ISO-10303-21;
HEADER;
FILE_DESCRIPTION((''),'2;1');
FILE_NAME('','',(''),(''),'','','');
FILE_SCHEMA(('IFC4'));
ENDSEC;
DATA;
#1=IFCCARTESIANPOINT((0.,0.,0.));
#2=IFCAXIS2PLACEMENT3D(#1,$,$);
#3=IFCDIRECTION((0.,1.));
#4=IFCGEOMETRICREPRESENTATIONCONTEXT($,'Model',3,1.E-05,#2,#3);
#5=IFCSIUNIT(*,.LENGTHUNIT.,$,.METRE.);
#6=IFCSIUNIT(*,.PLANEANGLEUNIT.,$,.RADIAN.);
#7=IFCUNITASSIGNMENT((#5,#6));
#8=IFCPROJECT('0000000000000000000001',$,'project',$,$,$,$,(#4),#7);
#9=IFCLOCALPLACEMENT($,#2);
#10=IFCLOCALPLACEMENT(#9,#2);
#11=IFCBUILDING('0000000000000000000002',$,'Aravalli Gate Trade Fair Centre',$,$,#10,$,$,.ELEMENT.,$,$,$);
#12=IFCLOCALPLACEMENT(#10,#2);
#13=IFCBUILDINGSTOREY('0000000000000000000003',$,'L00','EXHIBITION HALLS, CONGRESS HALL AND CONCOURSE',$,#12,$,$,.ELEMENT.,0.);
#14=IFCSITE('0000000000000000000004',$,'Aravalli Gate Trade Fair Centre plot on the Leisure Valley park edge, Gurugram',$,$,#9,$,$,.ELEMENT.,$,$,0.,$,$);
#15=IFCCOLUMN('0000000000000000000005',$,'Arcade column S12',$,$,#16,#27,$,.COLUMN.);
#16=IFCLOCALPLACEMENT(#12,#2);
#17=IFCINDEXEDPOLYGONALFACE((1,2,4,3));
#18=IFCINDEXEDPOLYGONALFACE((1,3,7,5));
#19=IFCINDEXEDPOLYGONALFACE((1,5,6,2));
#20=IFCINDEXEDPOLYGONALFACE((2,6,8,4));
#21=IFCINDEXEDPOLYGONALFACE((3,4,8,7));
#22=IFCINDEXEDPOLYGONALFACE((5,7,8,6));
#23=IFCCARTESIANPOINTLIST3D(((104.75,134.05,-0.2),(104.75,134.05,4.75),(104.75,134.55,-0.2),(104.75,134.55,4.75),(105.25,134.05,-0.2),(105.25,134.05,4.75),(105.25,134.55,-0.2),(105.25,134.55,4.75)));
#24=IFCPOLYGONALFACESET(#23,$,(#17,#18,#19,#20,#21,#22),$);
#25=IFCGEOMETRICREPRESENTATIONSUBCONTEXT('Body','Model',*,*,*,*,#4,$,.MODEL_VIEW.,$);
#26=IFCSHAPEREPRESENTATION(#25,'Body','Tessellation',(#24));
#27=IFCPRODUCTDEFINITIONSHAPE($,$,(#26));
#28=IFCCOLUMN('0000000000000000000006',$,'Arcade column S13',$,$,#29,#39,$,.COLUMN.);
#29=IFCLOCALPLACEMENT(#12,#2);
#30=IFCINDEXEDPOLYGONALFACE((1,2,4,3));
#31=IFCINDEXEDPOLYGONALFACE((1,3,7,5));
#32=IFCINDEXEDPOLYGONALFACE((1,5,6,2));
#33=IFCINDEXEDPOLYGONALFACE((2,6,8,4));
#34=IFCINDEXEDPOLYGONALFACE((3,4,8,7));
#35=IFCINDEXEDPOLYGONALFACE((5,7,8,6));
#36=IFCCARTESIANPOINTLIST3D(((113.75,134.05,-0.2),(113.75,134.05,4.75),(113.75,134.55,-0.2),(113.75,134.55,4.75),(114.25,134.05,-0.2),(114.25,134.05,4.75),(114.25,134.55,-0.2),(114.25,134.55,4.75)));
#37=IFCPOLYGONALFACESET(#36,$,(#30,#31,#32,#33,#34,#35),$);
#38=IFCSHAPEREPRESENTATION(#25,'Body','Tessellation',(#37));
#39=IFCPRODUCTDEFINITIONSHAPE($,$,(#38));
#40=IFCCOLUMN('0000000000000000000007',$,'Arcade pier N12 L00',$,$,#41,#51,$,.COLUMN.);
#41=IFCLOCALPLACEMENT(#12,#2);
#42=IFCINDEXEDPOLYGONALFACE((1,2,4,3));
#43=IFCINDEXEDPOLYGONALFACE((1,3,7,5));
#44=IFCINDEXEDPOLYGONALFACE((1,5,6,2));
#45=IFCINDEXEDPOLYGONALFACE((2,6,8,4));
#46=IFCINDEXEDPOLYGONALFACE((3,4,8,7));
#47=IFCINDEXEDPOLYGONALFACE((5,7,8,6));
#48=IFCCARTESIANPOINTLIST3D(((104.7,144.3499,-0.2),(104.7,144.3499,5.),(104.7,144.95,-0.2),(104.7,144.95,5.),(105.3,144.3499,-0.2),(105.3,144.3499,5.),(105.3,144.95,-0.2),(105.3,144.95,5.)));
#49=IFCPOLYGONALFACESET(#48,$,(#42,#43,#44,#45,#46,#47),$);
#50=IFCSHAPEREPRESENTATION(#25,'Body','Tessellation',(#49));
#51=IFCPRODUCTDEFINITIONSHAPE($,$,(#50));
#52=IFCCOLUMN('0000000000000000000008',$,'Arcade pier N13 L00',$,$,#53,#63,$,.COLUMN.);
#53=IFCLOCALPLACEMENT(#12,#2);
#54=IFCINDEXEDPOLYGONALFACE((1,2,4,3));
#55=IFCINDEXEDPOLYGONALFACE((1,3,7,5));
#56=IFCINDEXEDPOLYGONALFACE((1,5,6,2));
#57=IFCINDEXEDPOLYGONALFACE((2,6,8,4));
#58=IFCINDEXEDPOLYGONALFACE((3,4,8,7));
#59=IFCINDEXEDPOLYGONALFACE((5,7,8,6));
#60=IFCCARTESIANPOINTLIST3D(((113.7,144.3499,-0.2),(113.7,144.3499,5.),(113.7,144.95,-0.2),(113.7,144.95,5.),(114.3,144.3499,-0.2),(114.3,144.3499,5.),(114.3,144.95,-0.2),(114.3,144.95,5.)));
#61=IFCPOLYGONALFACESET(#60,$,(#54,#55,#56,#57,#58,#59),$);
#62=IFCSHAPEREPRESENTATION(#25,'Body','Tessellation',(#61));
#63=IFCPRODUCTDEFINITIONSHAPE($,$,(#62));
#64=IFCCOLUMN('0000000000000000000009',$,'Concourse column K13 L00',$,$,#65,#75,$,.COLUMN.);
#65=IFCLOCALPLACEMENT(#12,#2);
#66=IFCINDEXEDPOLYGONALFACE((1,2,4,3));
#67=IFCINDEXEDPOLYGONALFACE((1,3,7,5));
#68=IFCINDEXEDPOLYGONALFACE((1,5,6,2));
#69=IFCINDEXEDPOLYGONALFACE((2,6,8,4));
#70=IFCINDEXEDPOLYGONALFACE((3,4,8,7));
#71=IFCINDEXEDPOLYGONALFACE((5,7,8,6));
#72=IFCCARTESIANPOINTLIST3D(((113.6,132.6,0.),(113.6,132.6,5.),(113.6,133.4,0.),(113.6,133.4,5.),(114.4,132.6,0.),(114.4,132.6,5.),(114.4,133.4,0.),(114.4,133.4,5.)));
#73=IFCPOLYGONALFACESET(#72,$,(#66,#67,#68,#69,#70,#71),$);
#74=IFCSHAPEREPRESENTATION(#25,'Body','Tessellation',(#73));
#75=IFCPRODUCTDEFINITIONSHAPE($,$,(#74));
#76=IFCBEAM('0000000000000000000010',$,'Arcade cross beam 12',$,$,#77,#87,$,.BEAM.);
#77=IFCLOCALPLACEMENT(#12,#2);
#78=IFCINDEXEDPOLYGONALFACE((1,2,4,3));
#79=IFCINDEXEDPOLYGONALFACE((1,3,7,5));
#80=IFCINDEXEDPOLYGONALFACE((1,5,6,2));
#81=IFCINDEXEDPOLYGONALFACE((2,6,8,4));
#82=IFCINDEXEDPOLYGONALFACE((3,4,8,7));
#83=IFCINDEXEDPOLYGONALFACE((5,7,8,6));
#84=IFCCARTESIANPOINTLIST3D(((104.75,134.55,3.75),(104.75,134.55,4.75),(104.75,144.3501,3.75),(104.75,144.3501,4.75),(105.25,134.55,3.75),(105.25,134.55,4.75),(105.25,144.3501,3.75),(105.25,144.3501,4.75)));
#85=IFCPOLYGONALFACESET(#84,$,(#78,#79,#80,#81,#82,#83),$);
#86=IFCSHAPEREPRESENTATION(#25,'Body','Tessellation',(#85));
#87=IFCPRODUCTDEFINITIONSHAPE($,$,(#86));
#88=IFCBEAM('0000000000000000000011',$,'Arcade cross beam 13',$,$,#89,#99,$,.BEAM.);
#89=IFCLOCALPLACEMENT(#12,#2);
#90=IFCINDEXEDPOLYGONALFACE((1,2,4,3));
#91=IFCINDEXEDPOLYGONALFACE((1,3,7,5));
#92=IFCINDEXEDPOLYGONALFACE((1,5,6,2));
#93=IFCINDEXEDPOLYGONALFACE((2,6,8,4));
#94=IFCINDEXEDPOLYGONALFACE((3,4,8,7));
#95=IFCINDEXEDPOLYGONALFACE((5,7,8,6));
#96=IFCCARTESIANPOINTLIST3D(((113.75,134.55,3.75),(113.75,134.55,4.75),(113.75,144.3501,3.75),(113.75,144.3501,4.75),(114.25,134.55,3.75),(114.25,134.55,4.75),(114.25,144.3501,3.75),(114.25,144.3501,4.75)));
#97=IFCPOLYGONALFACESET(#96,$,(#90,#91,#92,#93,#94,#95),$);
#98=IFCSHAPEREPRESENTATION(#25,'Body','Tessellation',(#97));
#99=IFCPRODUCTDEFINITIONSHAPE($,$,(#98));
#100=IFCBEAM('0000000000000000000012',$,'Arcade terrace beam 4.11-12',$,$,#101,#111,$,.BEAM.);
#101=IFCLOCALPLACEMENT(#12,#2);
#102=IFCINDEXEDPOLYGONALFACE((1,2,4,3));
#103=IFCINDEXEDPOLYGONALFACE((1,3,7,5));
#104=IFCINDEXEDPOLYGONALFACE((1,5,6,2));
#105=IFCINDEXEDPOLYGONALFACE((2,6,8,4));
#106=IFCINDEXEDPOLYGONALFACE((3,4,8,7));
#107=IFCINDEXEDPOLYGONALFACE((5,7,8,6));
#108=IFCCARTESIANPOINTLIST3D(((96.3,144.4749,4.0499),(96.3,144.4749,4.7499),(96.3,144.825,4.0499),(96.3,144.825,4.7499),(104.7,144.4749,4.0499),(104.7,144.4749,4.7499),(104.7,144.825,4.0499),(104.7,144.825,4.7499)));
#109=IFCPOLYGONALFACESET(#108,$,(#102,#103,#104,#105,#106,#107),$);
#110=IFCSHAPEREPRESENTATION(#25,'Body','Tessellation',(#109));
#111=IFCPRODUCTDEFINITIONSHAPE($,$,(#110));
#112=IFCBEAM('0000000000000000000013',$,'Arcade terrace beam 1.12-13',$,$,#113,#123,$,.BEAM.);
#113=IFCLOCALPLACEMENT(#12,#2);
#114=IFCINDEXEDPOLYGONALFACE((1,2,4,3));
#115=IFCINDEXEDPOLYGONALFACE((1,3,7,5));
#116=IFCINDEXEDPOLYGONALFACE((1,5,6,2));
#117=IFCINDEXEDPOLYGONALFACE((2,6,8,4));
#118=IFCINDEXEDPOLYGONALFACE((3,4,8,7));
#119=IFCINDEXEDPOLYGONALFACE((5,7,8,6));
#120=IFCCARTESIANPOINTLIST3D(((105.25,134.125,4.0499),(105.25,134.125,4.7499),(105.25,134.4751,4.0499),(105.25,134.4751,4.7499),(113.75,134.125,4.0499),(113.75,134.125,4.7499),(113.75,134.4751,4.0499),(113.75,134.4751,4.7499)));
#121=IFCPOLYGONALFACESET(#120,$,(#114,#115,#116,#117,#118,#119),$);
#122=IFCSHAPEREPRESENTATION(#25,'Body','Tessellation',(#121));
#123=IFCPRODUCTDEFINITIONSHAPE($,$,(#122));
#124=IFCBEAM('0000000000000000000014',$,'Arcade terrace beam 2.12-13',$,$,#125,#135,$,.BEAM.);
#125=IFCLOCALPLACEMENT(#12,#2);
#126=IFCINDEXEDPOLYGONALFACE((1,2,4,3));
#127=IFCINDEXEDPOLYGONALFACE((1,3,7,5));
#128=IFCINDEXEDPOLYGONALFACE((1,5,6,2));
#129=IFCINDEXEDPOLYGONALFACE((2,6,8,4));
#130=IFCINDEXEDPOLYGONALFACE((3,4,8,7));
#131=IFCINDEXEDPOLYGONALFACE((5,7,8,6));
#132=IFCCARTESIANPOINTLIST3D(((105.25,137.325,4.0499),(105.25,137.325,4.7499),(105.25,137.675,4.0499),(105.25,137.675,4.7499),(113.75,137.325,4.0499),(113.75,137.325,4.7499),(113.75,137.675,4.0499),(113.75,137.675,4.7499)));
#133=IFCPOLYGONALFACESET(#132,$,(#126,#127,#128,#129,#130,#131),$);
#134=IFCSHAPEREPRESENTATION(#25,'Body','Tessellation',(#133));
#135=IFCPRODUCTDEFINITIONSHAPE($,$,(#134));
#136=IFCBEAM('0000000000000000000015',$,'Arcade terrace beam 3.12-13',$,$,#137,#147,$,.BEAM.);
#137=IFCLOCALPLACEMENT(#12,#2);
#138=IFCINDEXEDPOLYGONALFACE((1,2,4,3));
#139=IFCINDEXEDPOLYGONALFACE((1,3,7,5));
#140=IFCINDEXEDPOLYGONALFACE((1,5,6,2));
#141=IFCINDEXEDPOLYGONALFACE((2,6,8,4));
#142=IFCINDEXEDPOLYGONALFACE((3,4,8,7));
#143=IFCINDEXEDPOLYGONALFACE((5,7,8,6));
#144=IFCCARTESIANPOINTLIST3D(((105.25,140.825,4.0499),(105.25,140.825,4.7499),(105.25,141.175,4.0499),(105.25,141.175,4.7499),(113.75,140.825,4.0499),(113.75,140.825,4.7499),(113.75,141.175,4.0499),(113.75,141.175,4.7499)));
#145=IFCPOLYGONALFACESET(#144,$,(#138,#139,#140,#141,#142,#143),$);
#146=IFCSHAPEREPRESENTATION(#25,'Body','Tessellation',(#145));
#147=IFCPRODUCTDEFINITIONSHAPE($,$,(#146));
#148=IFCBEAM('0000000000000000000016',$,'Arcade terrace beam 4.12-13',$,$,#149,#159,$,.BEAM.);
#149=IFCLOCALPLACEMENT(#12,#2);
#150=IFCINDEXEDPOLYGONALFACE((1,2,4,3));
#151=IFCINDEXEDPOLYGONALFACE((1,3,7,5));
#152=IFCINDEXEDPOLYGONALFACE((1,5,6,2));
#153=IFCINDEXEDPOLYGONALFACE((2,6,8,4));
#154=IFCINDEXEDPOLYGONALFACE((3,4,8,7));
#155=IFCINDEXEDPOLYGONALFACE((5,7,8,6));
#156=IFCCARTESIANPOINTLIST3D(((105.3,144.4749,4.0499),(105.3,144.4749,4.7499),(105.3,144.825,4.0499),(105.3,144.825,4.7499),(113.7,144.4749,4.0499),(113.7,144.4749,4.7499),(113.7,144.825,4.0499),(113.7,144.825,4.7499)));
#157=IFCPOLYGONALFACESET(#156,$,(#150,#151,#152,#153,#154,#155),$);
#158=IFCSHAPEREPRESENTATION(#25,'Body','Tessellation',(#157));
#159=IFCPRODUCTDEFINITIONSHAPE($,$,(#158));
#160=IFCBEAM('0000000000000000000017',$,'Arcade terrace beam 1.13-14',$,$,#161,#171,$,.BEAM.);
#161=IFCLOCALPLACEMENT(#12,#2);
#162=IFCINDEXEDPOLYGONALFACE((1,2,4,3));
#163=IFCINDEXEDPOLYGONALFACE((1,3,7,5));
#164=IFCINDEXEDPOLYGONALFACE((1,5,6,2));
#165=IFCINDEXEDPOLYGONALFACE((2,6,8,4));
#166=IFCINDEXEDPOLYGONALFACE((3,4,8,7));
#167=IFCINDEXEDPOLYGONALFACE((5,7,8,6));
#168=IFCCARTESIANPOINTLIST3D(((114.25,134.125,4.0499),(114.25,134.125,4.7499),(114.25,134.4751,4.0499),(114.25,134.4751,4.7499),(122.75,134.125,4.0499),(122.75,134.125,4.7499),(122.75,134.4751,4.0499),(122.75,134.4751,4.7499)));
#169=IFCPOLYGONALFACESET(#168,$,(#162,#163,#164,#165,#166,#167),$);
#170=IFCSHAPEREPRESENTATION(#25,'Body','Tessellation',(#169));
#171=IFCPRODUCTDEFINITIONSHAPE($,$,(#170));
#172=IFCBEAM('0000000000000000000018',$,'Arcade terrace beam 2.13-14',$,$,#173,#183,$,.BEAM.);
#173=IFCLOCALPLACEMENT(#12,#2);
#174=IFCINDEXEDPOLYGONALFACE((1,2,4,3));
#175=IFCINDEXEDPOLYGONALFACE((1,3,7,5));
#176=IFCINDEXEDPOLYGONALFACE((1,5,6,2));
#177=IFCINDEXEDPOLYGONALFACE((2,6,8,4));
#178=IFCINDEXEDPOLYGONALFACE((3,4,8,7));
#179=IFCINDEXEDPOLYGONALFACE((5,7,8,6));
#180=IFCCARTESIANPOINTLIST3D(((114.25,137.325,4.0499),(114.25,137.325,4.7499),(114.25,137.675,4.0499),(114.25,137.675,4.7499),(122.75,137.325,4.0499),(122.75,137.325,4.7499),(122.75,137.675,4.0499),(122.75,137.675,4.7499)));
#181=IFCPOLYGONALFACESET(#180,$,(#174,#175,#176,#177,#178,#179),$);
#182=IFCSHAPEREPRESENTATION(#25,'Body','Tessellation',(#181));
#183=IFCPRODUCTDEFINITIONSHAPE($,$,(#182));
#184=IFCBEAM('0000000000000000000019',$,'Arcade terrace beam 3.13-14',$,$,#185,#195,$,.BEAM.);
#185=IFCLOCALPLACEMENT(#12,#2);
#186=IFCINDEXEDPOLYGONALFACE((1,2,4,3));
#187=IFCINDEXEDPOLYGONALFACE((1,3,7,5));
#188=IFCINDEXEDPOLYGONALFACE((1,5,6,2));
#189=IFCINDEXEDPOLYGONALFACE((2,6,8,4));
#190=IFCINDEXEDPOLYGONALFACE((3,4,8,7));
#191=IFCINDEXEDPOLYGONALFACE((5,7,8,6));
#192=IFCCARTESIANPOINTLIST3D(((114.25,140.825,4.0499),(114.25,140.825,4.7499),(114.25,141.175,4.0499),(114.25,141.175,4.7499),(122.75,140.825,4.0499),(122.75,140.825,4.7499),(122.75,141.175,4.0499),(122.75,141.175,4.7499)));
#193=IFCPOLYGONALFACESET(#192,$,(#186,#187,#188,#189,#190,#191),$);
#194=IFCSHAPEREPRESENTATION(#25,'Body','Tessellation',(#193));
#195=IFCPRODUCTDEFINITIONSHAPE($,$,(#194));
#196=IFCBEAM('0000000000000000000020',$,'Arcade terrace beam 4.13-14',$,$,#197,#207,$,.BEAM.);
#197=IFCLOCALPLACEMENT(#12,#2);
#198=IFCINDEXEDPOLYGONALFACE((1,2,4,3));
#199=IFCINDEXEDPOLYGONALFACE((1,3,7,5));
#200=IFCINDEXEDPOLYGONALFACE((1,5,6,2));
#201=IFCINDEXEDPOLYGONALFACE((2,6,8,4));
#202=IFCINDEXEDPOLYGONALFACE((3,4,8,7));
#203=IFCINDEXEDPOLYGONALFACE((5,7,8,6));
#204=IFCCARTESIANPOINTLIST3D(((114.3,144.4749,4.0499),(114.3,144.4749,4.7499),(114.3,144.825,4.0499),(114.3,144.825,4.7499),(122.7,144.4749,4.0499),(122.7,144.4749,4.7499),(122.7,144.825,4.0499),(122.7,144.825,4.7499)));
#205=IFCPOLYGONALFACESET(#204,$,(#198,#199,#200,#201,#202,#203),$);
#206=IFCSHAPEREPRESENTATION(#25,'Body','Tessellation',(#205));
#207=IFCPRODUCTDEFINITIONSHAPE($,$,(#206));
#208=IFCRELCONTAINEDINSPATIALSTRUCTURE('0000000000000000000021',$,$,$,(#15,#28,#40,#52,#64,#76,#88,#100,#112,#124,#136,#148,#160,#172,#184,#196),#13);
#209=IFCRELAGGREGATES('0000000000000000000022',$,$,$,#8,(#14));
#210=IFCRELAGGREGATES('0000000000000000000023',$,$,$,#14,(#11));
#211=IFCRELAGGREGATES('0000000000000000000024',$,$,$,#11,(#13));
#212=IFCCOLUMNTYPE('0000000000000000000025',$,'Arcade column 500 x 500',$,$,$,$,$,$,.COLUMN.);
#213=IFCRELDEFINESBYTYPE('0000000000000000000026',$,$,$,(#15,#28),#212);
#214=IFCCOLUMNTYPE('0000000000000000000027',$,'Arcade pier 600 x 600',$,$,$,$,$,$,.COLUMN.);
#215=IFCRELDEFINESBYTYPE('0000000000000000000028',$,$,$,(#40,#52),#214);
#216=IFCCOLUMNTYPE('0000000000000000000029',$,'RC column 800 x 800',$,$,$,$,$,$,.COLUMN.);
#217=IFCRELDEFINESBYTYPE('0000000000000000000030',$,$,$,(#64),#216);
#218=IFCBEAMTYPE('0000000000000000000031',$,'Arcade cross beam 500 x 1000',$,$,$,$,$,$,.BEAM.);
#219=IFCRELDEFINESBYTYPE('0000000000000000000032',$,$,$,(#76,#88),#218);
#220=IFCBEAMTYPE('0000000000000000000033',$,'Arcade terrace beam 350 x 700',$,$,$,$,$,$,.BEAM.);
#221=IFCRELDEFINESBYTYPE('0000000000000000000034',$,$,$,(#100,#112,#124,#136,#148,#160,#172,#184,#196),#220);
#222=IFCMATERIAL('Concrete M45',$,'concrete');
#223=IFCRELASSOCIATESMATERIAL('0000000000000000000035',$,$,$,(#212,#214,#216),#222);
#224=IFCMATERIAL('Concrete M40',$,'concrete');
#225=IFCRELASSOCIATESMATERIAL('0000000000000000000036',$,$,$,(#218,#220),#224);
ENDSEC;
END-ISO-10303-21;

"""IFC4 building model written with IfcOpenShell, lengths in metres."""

from ifc_helpers import new_model, si_unit, direction, frame, origin, origin_2d, place, context, subcontext, project, spatial, rectangle, extrude, material, material_profile, profile_set, type_object, element, save


model = new_model("IFC4")

# Units and contexts
model_context = context("Model", 3, precision=1e-05, world=origin(), true_north=direction((0.0, 1.0)))
body_context = subcontext(model_context, "Body", "Model", "MODEL_VIEW")
ifc_project = project(units=[si_unit("LENGTHUNIT", "METRE"), si_unit("PLANEANGLEUNIT", "RADIAN")], contexts=[model_context])

# Site, building, storey
site_placement = place(None, origin())
site = spatial("IfcSite", under=ifc_project, at=site_placement, Name="Aravalli Gate Trade Fair Centre plot on the Leisure Valley park edge, Gurugram", CompositionType="ELEMENT", RefElevation=0.0)
building_placement = place(site_placement, origin())
building = spatial("IfcBuilding", under=site, at=building_placement, Name="Aravalli Gate Trade Fair Centre", CompositionType="ELEMENT")
storey_placement = place(building_placement, origin())
storey = spatial("IfcBuildingStorey", under=building, at=storey_placement, Name="L00", Description="EXHIBITION HALLS, CONGRESS HALL AND CONCOURSE", CompositionType="ELEMENT", Elevation=0.0)

# Columns
ifc_material_1 = material(Name="Concrete M45", Category="concrete")
ifc_material_profile_1 = material_profile(ifc_material_1, rectangle(XDim=0.5, YDim=0.5, at=origin_2d()), Name="Arcade column 500 x 500")
ifc_profile_set_1 = profile_set([ifc_material_profile_1], Name="Concrete M45")
column_type_1 = type_object("IfcColumnType", Name="Arcade column 500 x 500", PredefinedType="COLUMN", material=ifc_profile_set_1)
for number, where, z_axis, x_axis, name in (
    (1, (105.0, 134.3, -0.2), (0.0, 0.0, 1.0), (1.0, 0.0, 0.0), "Arcade column S12"),
    (2, (114.0, 134.3, -0.2), (0.0, 0.0, 1.0), (1.0, 0.0, 0.0), "Arcade column S13"),
):
    element("IfcColumn", number, at=place(storey_placement, frame(where, z_axis=z_axis, x_axis=x_axis)), inside=storey, type_object=column_type_1, Name=name, PredefinedType="COLUMN", context=body_context, shape_type="SweptSolid", body=[
        extrude(rectangle(XDim=0.5, YDim=0.5, at=origin_2d()), origin(), (0.0, 0.0, 1.0), 4.95),
    ])
ifc_material_profile_2 = material_profile(ifc_material_1, rectangle(XDim=0.6001, YDim=0.6001, at=origin_2d()), Name="Arcade pier 600 x 600")
ifc_profile_set_2 = profile_set([ifc_material_profile_2], Name="Concrete M45")
column_type_2 = type_object("IfcColumnType", Name="Arcade pier 600 x 600", PredefinedType="COLUMN", material=ifc_profile_set_2)
for number, where, z_axis, x_axis, name in (
    (3, (105.0, 144.6499, -0.2), (0.0, 0.0, 1.0), (1.0, 0.0, 0.0), "Arcade pier N12 L00"),
    (4, (114.0, 144.6499, -0.2), (0.0, 0.0, 1.0), (1.0, 0.0, 0.0), "Arcade pier N13 L00"),
):
    element("IfcColumn", number, at=place(storey_placement, frame(where, z_axis=z_axis, x_axis=x_axis)), inside=storey, type_object=column_type_2, Name=name, PredefinedType="COLUMN", context=body_context, shape_type="SweptSolid", body=[
        extrude(rectangle(XDim=0.6001, YDim=0.6001, at=origin_2d()), origin(), (0.0, 0.0, 1.0), 5.2),
    ])
ifc_material_profile_3 = material_profile(ifc_material_1, rectangle(XDim=0.8, YDim=0.8, at=origin_2d()), Name="RC column 800 x 800")
ifc_profile_set_3 = profile_set([ifc_material_profile_3], Name="Concrete M45")
column_type_3 = type_object("IfcColumnType", Name="RC column 800 x 800", PredefinedType="COLUMN", material=ifc_profile_set_3)
column_placement = place(storey_placement, frame((114.0, 133.0, 0.0), z_axis=(0.0, 0.0, 1.0), x_axis=(1.0, 0.0, 0.0)))
element("IfcColumn", 5, at=column_placement, inside=storey, type_object=column_type_3, Name="Concourse column K13 L00", PredefinedType="COLUMN", context=body_context, shape_type="SweptSolid", body=[
    extrude(rectangle(XDim=0.8, YDim=0.8, at=origin_2d()), origin(), (0.0, 0.0, 1.0), 5.0),
])

# Beams
ifc_material_2 = material(Name="Concrete M40", Category="concrete")
ifc_material_profile_4 = material_profile(ifc_material_2, rectangle(XDim=0.5, YDim=1.0, at=origin_2d()), Name="Arcade cross beam 500 x 1000")
ifc_profile_set_4 = profile_set([ifc_material_profile_4], Name="Concrete M40")
beam_type_1 = type_object("IfcBeamType", Name="Arcade cross beam 500 x 1000", PredefinedType="BEAM", material=ifc_profile_set_4)
for number, where, z_axis, x_axis, name in (
    (6, (105.0, 134.55, 4.25), (0.0, 1.0, 0.0), (-1.0, 0.0, 0.0), "Arcade cross beam 12"),
    (7, (114.0, 134.55, 4.25), (0.0, 1.0, 0.0), (-1.0, 0.0, 0.0), "Arcade cross beam 13"),
):
    element("IfcBeam", number, at=place(storey_placement, frame(where, z_axis=z_axis, x_axis=x_axis)), inside=storey, type_object=beam_type_1, Name=name, PredefinedType="BEAM", context=body_context, shape_type="SweptSolid", body=[
        extrude(rectangle(XDim=0.5, YDim=1.0, at=origin_2d()), origin(), (0.0, 0.0, 1.0), 9.8),
    ])
ifc_material_profile_5 = material_profile(ifc_material_2, rectangle(XDim=0.3501, YDim=0.7, at=origin_2d()), Name="Arcade terrace beam 350 x 700")
ifc_profile_set_5 = profile_set([ifc_material_profile_5], Name="Concrete M40")
beam_type_2 = type_object("IfcBeamType", Name="Arcade terrace beam 350 x 700", PredefinedType="BEAM", material=ifc_profile_set_5)
beam_1_placement = place(storey_placement, frame((96.3, 144.6499, 4.3999), z_axis=(1.0, 0.0, 0.0), x_axis=(0.0, 1.0, 0.0)))
element("IfcBeam", 8, at=beam_1_placement, inside=storey, type_object=beam_type_2, Name="Arcade terrace beam 4.11-12", PredefinedType="BEAM", context=body_context, shape_type="SweptSolid", body=[
    extrude(rectangle(XDim=0.3501, YDim=0.7, at=origin_2d()), origin(), (0.0, 0.0, 1.0), 8.3999),
])
for number, where, z_axis, x_axis, name in (
    (9, (105.25, 134.3, 4.3999), (1.0, 0.0, 0.0), (0.0, 1.0, 0.0), "Arcade terrace beam 1.12-13"),
    (10, (105.25, 137.5, 4.3999), (1.0, 0.0, 0.0), (0.0, 1.0, 0.0), "Arcade terrace beam 2.12-13"),
    (11, (105.25, 141.0, 4.3999), (1.0, 0.0, 0.0), (0.0, 1.0, 0.0), "Arcade terrace beam 3.12-13"),
):
    element("IfcBeam", number, at=place(storey_placement, frame(where, z_axis=z_axis, x_axis=x_axis)), inside=storey, type_object=beam_type_2, Name=name, PredefinedType="BEAM", context=body_context, shape_type="SweptSolid", body=[
        extrude(rectangle(XDim=0.3501, YDim=0.7, at=origin_2d()), origin(), (0.0, 0.0, 1.0), 8.5),
    ])
beam_2_placement = place(storey_placement, frame((105.3, 144.6499, 4.3999), z_axis=(1.0, 0.0, 0.0), x_axis=(0.0, 1.0, 0.0)))
element("IfcBeam", 12, at=beam_2_placement, inside=storey, type_object=beam_type_2, Name="Arcade terrace beam 4.12-13", PredefinedType="BEAM", context=body_context, shape_type="SweptSolid", body=[
    extrude(rectangle(XDim=0.3501, YDim=0.7, at=origin_2d()), origin(), (0.0, 0.0, 1.0), 8.3999),
])
for number, where, z_axis, x_axis, name in (
    (13, (114.25, 134.3, 4.3999), (1.0, 0.0, 0.0), (0.0, 1.0, 0.0), "Arcade terrace beam 1.13-14"),
    (14, (114.25, 137.5, 4.3999), (1.0, 0.0, 0.0), (0.0, 1.0, 0.0), "Arcade terrace beam 2.13-14"),
    (15, (114.25, 141.0, 4.3999), (1.0, 0.0, 0.0), (0.0, 1.0, 0.0), "Arcade terrace beam 3.13-14"),
):
    element("IfcBeam", number, at=place(storey_placement, frame(where, z_axis=z_axis, x_axis=x_axis)), inside=storey, type_object=beam_type_2, Name=name, PredefinedType="BEAM", context=body_context, shape_type="SweptSolid", body=[
        extrude(rectangle(XDim=0.3501, YDim=0.7, at=origin_2d()), origin(), (0.0, 0.0, 1.0), 8.5),
    ])
beam_3_placement = place(storey_placement, frame((114.3, 144.6499, 4.3999), z_axis=(1.0, 0.0, 0.0), x_axis=(0.0, 1.0, 0.0)))
element("IfcBeam", 16, at=beam_3_placement, inside=storey, type_object=beam_type_2, Name="Arcade terrace beam 4.13-14", PredefinedType="BEAM", context=body_context, shape_type="SweptSolid", body=[
    extrude(rectangle(XDim=0.3501, YDim=0.7, at=origin_2d()), origin(), (0.0, 0.0, 1.0), 8.3999),
])

save(model, "model.ifc")
